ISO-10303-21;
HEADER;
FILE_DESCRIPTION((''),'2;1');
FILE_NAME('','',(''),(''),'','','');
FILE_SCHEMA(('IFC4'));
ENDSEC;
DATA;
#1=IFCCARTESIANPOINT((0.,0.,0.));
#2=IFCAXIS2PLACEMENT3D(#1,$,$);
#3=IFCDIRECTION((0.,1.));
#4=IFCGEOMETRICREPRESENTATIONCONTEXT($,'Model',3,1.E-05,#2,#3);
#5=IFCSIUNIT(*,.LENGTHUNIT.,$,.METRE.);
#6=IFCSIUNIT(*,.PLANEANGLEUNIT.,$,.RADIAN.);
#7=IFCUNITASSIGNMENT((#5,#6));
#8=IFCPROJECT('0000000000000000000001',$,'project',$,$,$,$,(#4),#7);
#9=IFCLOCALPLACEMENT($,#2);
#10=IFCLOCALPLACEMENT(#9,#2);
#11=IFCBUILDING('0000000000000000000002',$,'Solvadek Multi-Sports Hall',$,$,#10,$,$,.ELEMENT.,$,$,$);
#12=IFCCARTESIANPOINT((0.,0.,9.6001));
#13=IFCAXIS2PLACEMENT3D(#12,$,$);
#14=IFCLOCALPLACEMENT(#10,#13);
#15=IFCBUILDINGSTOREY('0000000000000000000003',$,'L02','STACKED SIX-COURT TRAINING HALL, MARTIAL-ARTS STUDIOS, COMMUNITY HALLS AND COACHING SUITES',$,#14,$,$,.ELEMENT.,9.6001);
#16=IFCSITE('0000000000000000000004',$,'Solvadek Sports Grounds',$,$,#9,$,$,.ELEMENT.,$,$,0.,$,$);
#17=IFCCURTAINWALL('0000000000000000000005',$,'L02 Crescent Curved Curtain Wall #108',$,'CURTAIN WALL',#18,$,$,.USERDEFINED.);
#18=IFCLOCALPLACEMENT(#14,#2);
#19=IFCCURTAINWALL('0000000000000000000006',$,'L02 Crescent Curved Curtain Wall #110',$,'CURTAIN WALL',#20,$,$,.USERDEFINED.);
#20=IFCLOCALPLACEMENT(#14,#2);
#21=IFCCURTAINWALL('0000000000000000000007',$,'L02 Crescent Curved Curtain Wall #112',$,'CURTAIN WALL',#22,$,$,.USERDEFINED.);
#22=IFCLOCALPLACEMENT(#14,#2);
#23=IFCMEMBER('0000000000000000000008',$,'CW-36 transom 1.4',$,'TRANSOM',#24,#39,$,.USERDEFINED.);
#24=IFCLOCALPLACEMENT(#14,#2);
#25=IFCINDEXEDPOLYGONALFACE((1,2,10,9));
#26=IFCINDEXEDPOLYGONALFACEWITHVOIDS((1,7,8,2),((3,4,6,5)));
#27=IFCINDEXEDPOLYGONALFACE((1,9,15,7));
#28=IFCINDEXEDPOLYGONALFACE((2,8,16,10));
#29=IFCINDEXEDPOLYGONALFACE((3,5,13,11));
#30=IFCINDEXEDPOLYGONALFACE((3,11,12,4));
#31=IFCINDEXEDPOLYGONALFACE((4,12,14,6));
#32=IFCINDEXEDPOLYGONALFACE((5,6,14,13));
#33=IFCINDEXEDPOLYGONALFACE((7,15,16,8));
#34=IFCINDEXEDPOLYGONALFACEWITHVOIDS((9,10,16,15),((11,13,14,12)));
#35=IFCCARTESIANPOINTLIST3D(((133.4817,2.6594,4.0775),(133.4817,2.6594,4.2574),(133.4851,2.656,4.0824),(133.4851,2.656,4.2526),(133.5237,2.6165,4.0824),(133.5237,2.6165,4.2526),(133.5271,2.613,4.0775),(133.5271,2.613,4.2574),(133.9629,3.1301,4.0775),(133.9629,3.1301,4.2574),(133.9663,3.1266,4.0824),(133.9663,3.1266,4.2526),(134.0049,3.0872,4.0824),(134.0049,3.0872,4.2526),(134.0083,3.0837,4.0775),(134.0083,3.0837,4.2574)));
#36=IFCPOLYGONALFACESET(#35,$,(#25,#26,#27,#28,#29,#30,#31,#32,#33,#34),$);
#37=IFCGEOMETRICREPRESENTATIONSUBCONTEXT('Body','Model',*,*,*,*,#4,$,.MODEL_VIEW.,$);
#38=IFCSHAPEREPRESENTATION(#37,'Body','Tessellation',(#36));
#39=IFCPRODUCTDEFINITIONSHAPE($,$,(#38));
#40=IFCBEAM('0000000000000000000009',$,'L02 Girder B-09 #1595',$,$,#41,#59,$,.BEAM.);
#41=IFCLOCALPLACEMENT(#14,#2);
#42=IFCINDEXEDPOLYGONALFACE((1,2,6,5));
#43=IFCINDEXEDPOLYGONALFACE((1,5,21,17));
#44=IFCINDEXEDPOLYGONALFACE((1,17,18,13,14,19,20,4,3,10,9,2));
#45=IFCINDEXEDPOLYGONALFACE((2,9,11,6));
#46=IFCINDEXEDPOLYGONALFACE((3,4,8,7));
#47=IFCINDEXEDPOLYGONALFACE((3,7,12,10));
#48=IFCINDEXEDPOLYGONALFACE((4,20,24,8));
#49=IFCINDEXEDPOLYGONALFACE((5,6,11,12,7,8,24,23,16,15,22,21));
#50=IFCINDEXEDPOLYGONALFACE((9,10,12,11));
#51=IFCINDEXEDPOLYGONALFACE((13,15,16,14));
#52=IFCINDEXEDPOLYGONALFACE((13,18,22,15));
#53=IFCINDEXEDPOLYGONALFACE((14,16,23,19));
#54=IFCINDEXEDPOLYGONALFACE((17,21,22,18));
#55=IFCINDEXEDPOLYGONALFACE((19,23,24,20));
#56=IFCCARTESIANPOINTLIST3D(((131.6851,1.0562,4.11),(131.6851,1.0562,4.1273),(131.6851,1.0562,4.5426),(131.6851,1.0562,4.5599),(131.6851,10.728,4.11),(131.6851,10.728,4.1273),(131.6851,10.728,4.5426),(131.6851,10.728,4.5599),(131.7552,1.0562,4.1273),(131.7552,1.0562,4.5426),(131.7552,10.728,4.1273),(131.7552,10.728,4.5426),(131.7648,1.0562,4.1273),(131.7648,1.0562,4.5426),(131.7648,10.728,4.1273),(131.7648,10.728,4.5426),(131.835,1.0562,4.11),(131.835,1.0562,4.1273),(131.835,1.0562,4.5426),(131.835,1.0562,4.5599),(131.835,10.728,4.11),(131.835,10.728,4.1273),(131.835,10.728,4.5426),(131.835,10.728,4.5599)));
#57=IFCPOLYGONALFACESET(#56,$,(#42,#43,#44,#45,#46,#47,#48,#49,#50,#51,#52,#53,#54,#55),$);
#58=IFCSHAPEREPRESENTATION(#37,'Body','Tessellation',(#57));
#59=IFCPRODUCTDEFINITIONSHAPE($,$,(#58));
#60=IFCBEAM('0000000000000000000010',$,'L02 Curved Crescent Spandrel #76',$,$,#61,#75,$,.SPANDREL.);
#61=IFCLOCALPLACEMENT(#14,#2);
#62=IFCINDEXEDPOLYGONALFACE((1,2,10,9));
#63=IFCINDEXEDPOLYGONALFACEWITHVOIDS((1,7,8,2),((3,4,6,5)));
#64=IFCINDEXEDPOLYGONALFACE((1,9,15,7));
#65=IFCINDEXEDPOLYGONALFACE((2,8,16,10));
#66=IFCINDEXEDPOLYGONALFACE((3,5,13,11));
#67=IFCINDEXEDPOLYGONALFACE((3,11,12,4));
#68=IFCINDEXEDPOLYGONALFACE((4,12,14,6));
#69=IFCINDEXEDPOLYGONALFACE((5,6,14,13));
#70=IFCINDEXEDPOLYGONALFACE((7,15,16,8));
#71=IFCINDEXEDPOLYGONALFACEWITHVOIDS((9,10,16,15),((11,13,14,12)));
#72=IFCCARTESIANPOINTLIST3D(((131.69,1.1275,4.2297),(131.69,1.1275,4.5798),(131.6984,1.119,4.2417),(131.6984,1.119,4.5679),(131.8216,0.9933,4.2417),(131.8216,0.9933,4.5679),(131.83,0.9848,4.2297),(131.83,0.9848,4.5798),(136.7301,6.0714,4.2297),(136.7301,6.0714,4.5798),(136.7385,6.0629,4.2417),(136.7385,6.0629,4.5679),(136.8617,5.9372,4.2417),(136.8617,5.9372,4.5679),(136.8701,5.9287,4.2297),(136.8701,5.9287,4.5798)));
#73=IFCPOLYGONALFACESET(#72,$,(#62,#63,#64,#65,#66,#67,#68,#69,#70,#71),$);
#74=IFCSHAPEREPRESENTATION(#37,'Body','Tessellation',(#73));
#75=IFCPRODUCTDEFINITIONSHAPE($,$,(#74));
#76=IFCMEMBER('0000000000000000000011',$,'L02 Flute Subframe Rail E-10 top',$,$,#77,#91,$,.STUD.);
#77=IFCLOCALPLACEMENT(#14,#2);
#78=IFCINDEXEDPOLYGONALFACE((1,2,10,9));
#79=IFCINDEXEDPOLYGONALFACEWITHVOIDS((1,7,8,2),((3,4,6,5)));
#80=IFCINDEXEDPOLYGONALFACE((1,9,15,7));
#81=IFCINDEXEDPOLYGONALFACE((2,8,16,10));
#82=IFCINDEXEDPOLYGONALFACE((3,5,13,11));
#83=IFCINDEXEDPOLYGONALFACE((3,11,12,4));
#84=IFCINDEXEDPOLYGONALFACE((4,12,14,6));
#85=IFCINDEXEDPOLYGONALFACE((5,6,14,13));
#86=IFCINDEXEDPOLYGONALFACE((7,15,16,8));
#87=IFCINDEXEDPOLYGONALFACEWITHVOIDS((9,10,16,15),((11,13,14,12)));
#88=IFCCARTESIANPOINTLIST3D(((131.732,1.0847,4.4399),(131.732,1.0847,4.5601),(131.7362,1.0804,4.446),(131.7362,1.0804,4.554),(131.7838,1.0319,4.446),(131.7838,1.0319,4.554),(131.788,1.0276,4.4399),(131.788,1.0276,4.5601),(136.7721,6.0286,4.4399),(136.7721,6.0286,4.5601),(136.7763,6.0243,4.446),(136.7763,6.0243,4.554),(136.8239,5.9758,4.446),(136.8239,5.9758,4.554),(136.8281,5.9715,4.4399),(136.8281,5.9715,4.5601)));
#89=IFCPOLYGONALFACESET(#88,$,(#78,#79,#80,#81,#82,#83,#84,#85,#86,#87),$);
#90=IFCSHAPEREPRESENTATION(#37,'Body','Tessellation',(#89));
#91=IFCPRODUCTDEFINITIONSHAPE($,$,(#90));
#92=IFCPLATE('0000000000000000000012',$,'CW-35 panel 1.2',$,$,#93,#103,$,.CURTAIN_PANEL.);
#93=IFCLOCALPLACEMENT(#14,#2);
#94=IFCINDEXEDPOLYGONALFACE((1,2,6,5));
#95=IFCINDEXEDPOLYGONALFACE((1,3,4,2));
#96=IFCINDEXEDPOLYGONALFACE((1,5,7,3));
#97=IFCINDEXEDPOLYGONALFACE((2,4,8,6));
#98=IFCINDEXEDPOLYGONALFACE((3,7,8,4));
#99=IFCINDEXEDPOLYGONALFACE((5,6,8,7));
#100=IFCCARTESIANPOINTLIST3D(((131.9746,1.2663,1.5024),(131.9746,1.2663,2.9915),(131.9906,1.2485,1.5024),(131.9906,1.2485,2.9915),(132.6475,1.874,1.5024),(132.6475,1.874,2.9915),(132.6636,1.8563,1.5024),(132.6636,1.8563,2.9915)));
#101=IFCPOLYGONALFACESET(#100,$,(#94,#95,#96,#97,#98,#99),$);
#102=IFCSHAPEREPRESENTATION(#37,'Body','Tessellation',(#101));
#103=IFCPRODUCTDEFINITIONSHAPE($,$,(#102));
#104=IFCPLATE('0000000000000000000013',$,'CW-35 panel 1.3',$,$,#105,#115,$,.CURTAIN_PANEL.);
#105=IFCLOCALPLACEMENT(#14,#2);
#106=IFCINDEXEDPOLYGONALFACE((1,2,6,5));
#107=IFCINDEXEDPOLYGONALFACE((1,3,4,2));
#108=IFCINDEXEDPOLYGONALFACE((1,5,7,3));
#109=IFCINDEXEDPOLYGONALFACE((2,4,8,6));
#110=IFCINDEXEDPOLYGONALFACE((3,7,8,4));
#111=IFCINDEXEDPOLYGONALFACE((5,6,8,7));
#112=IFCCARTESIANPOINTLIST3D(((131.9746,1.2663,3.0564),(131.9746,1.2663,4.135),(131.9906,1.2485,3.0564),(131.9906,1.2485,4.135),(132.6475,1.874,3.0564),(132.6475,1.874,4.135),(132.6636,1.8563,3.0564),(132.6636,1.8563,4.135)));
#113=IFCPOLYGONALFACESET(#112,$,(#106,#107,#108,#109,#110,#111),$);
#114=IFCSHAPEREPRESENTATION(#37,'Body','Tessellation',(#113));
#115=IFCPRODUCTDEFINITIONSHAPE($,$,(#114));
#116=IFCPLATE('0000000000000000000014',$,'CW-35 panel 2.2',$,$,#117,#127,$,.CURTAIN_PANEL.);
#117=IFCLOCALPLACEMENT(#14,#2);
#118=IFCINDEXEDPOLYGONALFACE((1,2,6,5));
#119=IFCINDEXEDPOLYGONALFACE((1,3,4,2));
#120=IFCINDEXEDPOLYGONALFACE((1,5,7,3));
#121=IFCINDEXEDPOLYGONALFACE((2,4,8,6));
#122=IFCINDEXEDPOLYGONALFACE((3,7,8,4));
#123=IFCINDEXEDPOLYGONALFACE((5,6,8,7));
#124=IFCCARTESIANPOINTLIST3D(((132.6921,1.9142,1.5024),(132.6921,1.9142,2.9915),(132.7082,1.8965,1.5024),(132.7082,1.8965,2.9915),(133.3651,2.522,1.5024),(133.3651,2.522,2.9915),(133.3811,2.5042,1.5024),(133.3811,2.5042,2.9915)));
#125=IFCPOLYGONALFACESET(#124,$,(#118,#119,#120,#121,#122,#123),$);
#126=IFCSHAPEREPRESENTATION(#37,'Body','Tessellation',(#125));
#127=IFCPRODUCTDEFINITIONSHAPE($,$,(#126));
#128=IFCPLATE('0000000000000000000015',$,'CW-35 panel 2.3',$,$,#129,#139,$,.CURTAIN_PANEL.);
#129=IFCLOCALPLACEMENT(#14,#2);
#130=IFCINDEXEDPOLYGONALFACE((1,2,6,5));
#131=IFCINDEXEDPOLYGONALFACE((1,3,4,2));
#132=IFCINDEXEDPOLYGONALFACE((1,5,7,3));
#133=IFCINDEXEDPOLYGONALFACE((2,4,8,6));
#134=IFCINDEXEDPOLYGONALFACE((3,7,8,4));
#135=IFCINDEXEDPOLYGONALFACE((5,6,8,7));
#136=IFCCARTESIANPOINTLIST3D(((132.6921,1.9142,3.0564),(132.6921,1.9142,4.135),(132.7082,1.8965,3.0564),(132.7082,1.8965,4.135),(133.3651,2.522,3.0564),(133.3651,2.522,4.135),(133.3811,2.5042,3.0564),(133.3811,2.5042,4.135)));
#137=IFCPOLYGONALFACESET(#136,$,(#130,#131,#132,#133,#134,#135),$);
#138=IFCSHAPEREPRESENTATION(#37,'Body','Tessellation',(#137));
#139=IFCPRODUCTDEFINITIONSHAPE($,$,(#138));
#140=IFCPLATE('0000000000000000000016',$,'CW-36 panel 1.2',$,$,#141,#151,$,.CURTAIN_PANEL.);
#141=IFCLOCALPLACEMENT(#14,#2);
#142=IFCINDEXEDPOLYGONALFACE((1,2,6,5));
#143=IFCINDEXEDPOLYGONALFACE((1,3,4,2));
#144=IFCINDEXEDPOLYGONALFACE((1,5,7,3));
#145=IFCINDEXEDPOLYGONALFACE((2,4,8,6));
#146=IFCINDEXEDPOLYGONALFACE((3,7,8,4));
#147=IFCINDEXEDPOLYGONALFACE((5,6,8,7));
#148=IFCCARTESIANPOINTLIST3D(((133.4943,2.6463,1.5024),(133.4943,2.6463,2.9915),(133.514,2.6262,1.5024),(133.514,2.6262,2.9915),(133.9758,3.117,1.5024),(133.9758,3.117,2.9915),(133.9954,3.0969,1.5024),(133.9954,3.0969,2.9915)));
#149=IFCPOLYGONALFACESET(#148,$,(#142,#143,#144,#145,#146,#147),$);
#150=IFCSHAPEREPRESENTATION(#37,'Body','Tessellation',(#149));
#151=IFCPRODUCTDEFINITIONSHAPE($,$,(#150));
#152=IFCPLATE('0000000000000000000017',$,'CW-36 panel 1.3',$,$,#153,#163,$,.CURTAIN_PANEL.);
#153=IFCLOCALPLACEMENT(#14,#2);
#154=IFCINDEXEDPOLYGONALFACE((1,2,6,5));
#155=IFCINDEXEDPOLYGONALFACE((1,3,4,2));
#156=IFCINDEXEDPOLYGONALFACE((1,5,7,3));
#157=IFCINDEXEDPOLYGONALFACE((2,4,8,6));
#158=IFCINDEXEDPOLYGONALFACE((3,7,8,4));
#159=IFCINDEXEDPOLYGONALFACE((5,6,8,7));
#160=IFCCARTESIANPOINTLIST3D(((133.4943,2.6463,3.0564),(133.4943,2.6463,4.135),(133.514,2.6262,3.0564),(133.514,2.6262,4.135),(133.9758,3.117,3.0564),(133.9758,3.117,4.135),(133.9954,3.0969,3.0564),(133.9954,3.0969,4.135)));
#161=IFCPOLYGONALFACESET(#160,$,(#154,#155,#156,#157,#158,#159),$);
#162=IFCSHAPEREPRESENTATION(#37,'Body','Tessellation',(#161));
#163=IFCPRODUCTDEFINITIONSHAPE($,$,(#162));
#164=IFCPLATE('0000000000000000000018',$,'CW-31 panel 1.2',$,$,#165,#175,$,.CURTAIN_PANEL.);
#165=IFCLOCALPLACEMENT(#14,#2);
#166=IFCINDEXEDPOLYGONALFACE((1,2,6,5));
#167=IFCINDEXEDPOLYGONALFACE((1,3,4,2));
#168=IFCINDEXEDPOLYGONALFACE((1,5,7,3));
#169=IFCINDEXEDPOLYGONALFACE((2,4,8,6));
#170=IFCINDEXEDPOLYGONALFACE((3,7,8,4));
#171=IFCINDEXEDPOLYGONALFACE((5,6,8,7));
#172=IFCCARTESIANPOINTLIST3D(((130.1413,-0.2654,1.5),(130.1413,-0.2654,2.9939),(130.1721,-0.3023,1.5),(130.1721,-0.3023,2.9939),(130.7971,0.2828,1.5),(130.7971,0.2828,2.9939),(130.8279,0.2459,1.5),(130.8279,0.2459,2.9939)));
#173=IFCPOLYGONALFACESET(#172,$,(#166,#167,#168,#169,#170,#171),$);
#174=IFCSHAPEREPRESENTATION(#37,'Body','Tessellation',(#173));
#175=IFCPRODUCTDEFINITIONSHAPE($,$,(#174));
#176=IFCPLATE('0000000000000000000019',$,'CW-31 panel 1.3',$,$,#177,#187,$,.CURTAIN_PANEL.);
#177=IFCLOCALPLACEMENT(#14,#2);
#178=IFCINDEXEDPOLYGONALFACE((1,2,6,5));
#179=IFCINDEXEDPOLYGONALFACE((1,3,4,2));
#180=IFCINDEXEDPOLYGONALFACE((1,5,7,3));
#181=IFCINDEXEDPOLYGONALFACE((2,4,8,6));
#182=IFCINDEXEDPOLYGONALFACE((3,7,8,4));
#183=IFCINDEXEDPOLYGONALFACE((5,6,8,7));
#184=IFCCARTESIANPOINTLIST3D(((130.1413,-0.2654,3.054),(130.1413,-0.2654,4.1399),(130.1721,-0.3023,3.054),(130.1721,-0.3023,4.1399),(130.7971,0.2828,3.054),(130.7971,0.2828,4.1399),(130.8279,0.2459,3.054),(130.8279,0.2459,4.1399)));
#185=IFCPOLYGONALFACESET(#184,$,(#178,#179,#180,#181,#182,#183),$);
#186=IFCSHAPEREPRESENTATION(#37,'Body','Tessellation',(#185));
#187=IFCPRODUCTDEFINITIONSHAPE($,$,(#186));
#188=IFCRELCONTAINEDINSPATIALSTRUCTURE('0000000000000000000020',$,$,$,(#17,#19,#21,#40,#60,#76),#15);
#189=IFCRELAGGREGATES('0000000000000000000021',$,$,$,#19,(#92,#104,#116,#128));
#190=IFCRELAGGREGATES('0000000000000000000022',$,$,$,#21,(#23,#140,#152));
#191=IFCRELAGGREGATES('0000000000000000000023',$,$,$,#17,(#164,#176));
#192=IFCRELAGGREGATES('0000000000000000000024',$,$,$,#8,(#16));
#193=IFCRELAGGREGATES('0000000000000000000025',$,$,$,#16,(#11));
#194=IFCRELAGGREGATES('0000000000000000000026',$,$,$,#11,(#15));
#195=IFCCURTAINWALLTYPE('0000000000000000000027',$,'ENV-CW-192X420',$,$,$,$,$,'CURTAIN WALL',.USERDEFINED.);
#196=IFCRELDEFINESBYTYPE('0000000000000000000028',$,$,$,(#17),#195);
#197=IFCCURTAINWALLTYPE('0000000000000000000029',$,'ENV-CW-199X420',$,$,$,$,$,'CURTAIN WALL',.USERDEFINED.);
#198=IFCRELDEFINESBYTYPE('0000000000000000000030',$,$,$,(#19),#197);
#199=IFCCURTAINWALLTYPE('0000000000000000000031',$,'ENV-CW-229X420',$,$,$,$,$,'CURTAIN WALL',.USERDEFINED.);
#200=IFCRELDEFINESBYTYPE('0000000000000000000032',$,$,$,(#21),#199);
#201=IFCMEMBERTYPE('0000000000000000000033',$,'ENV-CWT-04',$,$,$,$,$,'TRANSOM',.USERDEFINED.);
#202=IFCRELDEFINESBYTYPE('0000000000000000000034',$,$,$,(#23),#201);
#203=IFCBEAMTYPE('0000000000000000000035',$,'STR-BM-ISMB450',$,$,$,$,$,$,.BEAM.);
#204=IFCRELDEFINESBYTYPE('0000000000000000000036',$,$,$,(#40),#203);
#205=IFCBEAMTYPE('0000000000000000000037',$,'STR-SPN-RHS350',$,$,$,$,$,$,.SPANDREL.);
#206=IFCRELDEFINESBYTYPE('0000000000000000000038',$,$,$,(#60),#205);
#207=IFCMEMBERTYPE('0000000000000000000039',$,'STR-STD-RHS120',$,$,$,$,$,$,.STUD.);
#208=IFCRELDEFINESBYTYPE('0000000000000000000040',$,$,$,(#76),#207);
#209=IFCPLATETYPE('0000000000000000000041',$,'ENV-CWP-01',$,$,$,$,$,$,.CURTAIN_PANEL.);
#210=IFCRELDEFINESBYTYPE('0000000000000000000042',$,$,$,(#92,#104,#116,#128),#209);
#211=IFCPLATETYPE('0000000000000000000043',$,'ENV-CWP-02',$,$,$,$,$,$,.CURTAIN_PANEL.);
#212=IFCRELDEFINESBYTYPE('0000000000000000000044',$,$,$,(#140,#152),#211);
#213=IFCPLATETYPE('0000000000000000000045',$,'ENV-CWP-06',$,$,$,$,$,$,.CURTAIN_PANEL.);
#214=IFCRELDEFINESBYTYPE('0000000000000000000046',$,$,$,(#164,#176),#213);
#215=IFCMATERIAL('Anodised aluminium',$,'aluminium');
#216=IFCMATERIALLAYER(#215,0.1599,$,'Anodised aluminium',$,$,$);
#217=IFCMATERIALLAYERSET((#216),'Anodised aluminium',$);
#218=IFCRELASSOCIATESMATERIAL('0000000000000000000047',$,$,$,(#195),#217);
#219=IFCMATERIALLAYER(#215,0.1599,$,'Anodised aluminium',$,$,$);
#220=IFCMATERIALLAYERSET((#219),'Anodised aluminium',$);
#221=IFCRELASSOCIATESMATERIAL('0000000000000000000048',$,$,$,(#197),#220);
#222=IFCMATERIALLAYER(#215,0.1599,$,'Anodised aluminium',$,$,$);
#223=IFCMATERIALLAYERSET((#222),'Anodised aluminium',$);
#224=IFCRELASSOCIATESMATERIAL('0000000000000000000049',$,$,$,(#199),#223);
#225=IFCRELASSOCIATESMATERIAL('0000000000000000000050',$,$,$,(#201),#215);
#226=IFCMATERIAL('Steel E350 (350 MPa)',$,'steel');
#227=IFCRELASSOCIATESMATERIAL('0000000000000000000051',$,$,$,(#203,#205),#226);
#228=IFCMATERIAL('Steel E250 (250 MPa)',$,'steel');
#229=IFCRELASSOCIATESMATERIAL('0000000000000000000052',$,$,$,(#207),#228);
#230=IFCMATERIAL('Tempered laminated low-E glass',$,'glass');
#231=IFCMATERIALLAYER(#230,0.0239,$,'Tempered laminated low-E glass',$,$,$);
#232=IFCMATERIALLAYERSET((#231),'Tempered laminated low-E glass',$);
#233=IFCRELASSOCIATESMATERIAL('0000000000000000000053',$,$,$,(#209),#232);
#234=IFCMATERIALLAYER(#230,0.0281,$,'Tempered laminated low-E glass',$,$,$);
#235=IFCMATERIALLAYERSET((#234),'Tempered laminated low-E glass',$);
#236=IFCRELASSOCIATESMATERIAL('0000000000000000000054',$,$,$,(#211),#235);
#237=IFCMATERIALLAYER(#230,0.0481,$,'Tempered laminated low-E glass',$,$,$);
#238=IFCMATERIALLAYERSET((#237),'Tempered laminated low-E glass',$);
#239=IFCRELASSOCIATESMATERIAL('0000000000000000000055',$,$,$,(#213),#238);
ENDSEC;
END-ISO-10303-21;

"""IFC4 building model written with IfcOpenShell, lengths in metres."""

from ifc_helpers import new_model, si_unit, direction, frame, origin, origin_2d, place, context, subcontext, project, spatial, rectangle, hollow_rectangle, i_section, extrude, material, layer, layer_set, material_profile, profile_set, type_object, element, aggregate, save


model = new_model("IFC4")

# Units and contexts
model_context = context("Model", 3, precision=1e-05, world=origin(), true_north=direction((0.0, 1.0)))
body_context = subcontext(model_context, "Body", "Model", "MODEL_VIEW")
ifc_project = project(units=[si_unit("LENGTHUNIT", "METRE"), si_unit("PLANEANGLEUNIT", "RADIAN")], contexts=[model_context])

# Site, building, storey
site_placement = place(None, origin())
site = spatial("IfcSite", under=ifc_project, at=site_placement, Name="Solvadek Sports Grounds", CompositionType="ELEMENT", RefElevation=0.0)
building_placement = place(site_placement, origin())
building = spatial("IfcBuilding", under=site, at=building_placement, Name="Solvadek Multi-Sports Hall", CompositionType="ELEMENT")
storey_placement = place(building_placement, frame((0.0, 0.0, 9.6001)))
storey = spatial("IfcBuildingStorey", under=building, at=storey_placement, Name="L02", Description="STACKED SIX-COURT TRAINING HALL, MARTIAL-ARTS STUDIOS, COMMUNITY HALLS AND COACHING SUITES", CompositionType="ELEMENT", Elevation=9.6001)

# Curtain walls, member
ifc_material_1 = material(Name="Anodised aluminium", Category="aluminium")
ifc_layer_1 = layer(ifc_material_1, 0.1599, Name="Anodised aluminium")
ifc_layer_set_1 = layer_set([ifc_layer_1], Name="Anodised aluminium")
curtain_wall_type_1 = type_object("IfcCurtainWallType", Name="ENV-CW-192X420", ElementType="CURTAIN WALL", PredefinedType="USERDEFINED", material=ifc_layer_set_1)
curtain_wall_1_placement = place(storey_placement, origin())
curtain_wall_1 = element("IfcCurtainWall", 1, at=curtain_wall_1_placement, inside=storey, type_object=curtain_wall_type_1, Name="L02 Crescent Curved Curtain Wall #108", ObjectType="CURTAIN WALL", PredefinedType="USERDEFINED")
ifc_layer_2 = layer(ifc_material_1, 0.1599, Name="Anodised aluminium")
ifc_layer_set_2 = layer_set([ifc_layer_2], Name="Anodised aluminium")
curtain_wall_type_2 = type_object("IfcCurtainWallType", Name="ENV-CW-199X420", ElementType="CURTAIN WALL", PredefinedType="USERDEFINED", material=ifc_layer_set_2)
curtain_wall_2_placement = place(storey_placement, origin())
curtain_wall_2 = element("IfcCurtainWall", 2, at=curtain_wall_2_placement, inside=storey, type_object=curtain_wall_type_2, Name="L02 Crescent Curved Curtain Wall #110", ObjectType="CURTAIN WALL", PredefinedType="USERDEFINED")
ifc_layer_3 = layer(ifc_material_1, 0.1599, Name="Anodised aluminium")
ifc_layer_set_3 = layer_set([ifc_layer_3], Name="Anodised aluminium")
curtain_wall_type_3 = type_object("IfcCurtainWallType", Name="ENV-CW-229X420", ElementType="CURTAIN WALL", PredefinedType="USERDEFINED", material=ifc_layer_set_3)
curtain_wall_3_placement = place(storey_placement, origin())
curtain_wall_3 = element("IfcCurtainWall", 3, at=curtain_wall_3_placement, inside=storey, type_object=curtain_wall_type_3, Name="L02 Crescent Curved Curtain Wall #112", ObjectType="CURTAIN WALL", PredefinedType="USERDEFINED")
ifc_material_profile_1 = material_profile(ifc_material_1, hollow_rectangle(XDim=0.0649, YDim=0.1799, WallThickness=0.0049, at=origin_2d()), Name="ALU-T 180x65x5")
ifc_profile_set_1 = profile_set([ifc_material_profile_1], Name="Anodised aluminium")
member_type_1 = type_object("IfcMemberType", Name="ENV-CWT-04", ElementType="TRANSOM", PredefinedType="USERDEFINED", material=ifc_profile_set_1)
member_1_placement = place(storey_placement, frame((133.5044, 2.6362, 4.1675), z_axis=(0.714862, 0.699266, 0.0), x_axis=(-0.699266, 0.714862, 0.0)))
member_1 = element("IfcMember", 4, at=member_1_placement, type_object=member_type_1, Name="CW-36 transom 1.4", ObjectType="TRANSOM", PredefinedType="USERDEFINED", context=body_context, shape_type="SweptSolid", body=[
    extrude(hollow_rectangle(XDim=0.0649, YDim=0.1799, WallThickness=0.0049, at=origin_2d()), origin(), (0.0, 0.0, 1.0), 0.6731),
])

# Beams
ifc_material_2 = material(Name="Steel E350 (350 MPa)", Category="steel")
ifc_material_profile_2 = material_profile(ifc_material_2, i_section(OverallWidth=0.1499, OverallDepth=0.45, WebThickness=0.0095, FlangeThickness=0.0173, at=origin_2d()), Name="ISMB 450")
ifc_profile_set_2 = profile_set([ifc_material_profile_2], Name="Steel E350 (350 MPa)")
beam_type_1 = type_object("IfcBeamType", Name="STR-BM-ISMB450", PredefinedType="BEAM", material=ifc_profile_set_2)
beam_1_placement = place(storey_placement, frame((131.76, 1.0562, 4.335), z_axis=(0.0, 1.0, 0.0), x_axis=(-1.0, 0.0, 0.0)))
element("IfcBeam", 5, at=beam_1_placement, inside=storey, type_object=beam_type_1, Name="L02 Girder B-09 #1595", PredefinedType="BEAM", context=body_context, shape_type="SweptSolid", body=[
    extrude(i_section(OverallWidth=0.1499, OverallDepth=0.45, WebThickness=0.0095, FlangeThickness=0.0173, at=origin_2d()), origin(), (0.0, 0.0, 1.0), 9.6719),
])
ifc_material_profile_3 = material_profile(ifc_material_2, hollow_rectangle(XDim=0.2, YDim=0.3501, WallThickness=0.012, at=origin_2d()), Name="RHS 350x200x12")
ifc_profile_set_3 = profile_set([ifc_material_profile_3], Name="Steel E350 (350 MPa)")
beam_type_2 = type_object("IfcBeamType", Name="STR-SPN-RHS350", PredefinedType="SPANDREL", material=ifc_profile_set_3)
beam_2_placement = place(storey_placement, frame((131.76, 1.0562, 4.4048), z_axis=(0.713886, 0.700262, 0.0), x_axis=(-0.700262, 0.713886, 0.0)))
element("IfcBeam", 6, at=beam_2_placement, inside=storey, type_object=beam_type_2, Name="L02 Curved Crescent Spandrel #76", PredefinedType="SPANDREL", context=body_context, shape_type="SweptSolid", body=[
    extrude(hollow_rectangle(XDim=0.2, YDim=0.3501, WallThickness=0.012, at=origin_2d()), origin(), (0.0, 0.0, 1.0), 7.0601),
])

# Member
ifc_material_3 = material(Name="Steel E250 (250 MPa)", Category="steel")
ifc_material_profile_4 = material_profile(ifc_material_3, hollow_rectangle(XDim=0.0801, YDim=0.1201, WallThickness=0.0061, at=origin_2d()), Name="RHS 120x80x6")
ifc_profile_set_4 = profile_set([ifc_material_profile_4], Name="Steel E250 (250 MPa)")
member_type_2 = type_object("IfcMemberType", Name="STR-STD-RHS120", PredefinedType="STUD", material=ifc_profile_set_4)
member_2_placement = place(storey_placement, frame((131.76, 1.0562, 4.5), z_axis=(0.713886, 0.700262, 0.0), x_axis=(-0.700262, 0.713886, 0.0)))
element("IfcMember", 7, at=member_2_placement, inside=storey, type_object=member_type_2, Name="L02 Flute Subframe Rail E-10 top", PredefinedType="STUD", context=body_context, shape_type="SweptSolid", body=[
    extrude(hollow_rectangle(XDim=0.0801, YDim=0.1201, WallThickness=0.0061, at=origin_2d()), origin(), (0.0, 0.0, 1.0), 7.0601),
])

# Plates
ifc_material_4 = material(Name="Tempered laminated low-E glass", Category="glass")
ifc_layer_4 = layer(ifc_material_4, 0.0239, Name="Tempered laminated low-E glass")
ifc_layer_set_4 = layer_set([ifc_layer_4], Name="Tempered laminated low-E glass")
plate_type_1 = type_object("IfcPlateType", Name="ENV-CWP-01", PredefinedType="CURTAIN_PANEL", material=ifc_layer_set_4)
plate_1_placement = place(storey_placement, frame((132.3191, 1.5613, 1.5024), z_axis=(0.0, 0.0, 1.0), x_axis=(0.742156, 0.670227, 0.0)))
plate_1 = element("IfcPlate", 8, at=plate_1_placement, type_object=plate_type_1, Name="CW-35 panel 1.2", PredefinedType="CURTAIN_PANEL", context=body_context, shape_type="SweptSolid", body=[
    extrude(rectangle(XDim=0.9067, YDim=0.0239, at=origin_2d()), origin(), (0.0, 0.0, 1.0), 1.489),
])
plate_2_placement = place(storey_placement, frame((132.3191, 1.5613, 3.0564), z_axis=(0.0, 0.0, 1.0), x_axis=(0.742156, 0.670227, 0.0)))
plate_2 = element("IfcPlate", 9, at=plate_2_placement, type_object=plate_type_1, Name="CW-35 panel 1.3", PredefinedType="CURTAIN_PANEL", context=body_context, shape_type="SweptSolid", body=[
    extrude(rectangle(XDim=0.9067, YDim=0.0239, at=origin_2d()), origin(), (0.0, 0.0, 1.0), 1.0786),
])
plate_3_placement = place(storey_placement, frame((133.0366, 2.2092, 1.5024), z_axis=(0.0, 0.0, 1.0), x_axis=(0.742156, 0.670227, 0.0)))
plate_3 = element("IfcPlate", 10, at=plate_3_placement, type_object=plate_type_1, Name="CW-35 panel 2.2", PredefinedType="CURTAIN_PANEL", context=body_context, shape_type="SweptSolid", body=[
    extrude(rectangle(XDim=0.9067, YDim=0.0239, at=origin_2d()), origin(), (0.0, 0.0, 1.0), 1.489),
])
plate_4_placement = place(storey_placement, frame((133.0366, 2.2092, 3.0564), z_axis=(0.0, 0.0, 1.0), x_axis=(0.742156, 0.670227, 0.0)))
plate_4 = element("IfcPlate", 11, at=plate_4_placement, type_object=plate_type_1, Name="CW-35 panel 2.3", PredefinedType="CURTAIN_PANEL", context=body_context, shape_type="SweptSolid", body=[
    extrude(rectangle(XDim=0.9067, YDim=0.0239, at=origin_2d()), origin(), (0.0, 0.0, 1.0), 1.0786),
])
aggregate(curtain_wall_2, [plate_1, plate_2, plate_3, plate_4])
ifc_layer_5 = layer(ifc_material_4, 0.0281, Name="Tempered laminated low-E glass")
ifc_layer_set_5 = layer_set([ifc_layer_5], Name="Tempered laminated low-E glass")
plate_type_2 = type_object("IfcPlateType", Name="ENV-CWP-02", PredefinedType="CURTAIN_PANEL", material=ifc_layer_set_5)
plate_5_placement = place(storey_placement, frame((133.7449, 2.8716, 1.5024), z_axis=(0.0, 0.0, 1.0), x_axis=(0.715032, 0.699091, 0.0)))
plate_5 = element("IfcPlate", 12, at=plate_5_placement, type_object=plate_type_2, Name="CW-36 panel 1.2", PredefinedType="CURTAIN_PANEL", context=body_context, shape_type="SweptSolid", body=[
    extrude(rectangle(XDim=0.6733, YDim=0.0281, at=origin_2d()), origin(), (0.0, 0.0, 1.0), 1.489),
])
plate_6_placement = place(storey_placement, frame((133.7449, 2.8716, 3.0564), z_axis=(0.0, 0.0, 1.0), x_axis=(0.715032, 0.699091, 0.0)))
plate_6 = element("IfcPlate", 13, at=plate_6_placement, type_object=plate_type_2, Name="CW-36 panel 1.3", PredefinedType="CURTAIN_PANEL", context=body_context, shape_type="SweptSolid", body=[
    extrude(rectangle(XDim=0.6733, YDim=0.0281, at=origin_2d()), origin(), (0.0, 0.0, 1.0), 1.0786),
])
aggregate(curtain_wall_3, [member_1, plate_5, plate_6])
ifc_layer_6 = layer(ifc_material_4, 0.0481, Name="Tempered laminated low-E glass")
ifc_layer_set_6 = layer_set([ifc_layer_6], Name="Tempered laminated low-E glass")
plate_type_3 = type_object("IfcPlateType", Name="ENV-CWP-06", PredefinedType="CURTAIN_PANEL", material=ifc_layer_set_6)
plate_7_placement = place(storey_placement, frame((130.4846, -0.0098, 1.5), z_axis=(0.0, 0.0, 1.0), x_axis=(0.767251, 0.641347, 0.0)))
plate_7 = element("IfcPlate", 14, at=plate_7_placement, type_object=plate_type_3, Name="CW-31 panel 1.2", PredefinedType="CURTAIN_PANEL", context=body_context, shape_type="SweptSolid", body=[
    extrude(rectangle(XDim=0.8547, YDim=0.0481, at=origin_2d()), origin(), (0.0, 0.0, 1.0), 1.4939),
])
plate_8_placement = place(storey_placement, frame((130.4846, -0.0098, 3.054), z_axis=(0.0, 0.0, 1.0), x_axis=(0.767251, 0.641347, 0.0)))
plate_8 = element("IfcPlate", 15, at=plate_8_placement, type_object=plate_type_3, Name="CW-31 panel 1.3", PredefinedType="CURTAIN_PANEL", context=body_context, shape_type="SweptSolid", body=[
    extrude(rectangle(XDim=0.8547, YDim=0.0481, at=origin_2d()), origin(), (0.0, 0.0, 1.0), 1.0859),
])
aggregate(curtain_wall_1, [plate_7, plate_8])

save(model, "model.ifc")
